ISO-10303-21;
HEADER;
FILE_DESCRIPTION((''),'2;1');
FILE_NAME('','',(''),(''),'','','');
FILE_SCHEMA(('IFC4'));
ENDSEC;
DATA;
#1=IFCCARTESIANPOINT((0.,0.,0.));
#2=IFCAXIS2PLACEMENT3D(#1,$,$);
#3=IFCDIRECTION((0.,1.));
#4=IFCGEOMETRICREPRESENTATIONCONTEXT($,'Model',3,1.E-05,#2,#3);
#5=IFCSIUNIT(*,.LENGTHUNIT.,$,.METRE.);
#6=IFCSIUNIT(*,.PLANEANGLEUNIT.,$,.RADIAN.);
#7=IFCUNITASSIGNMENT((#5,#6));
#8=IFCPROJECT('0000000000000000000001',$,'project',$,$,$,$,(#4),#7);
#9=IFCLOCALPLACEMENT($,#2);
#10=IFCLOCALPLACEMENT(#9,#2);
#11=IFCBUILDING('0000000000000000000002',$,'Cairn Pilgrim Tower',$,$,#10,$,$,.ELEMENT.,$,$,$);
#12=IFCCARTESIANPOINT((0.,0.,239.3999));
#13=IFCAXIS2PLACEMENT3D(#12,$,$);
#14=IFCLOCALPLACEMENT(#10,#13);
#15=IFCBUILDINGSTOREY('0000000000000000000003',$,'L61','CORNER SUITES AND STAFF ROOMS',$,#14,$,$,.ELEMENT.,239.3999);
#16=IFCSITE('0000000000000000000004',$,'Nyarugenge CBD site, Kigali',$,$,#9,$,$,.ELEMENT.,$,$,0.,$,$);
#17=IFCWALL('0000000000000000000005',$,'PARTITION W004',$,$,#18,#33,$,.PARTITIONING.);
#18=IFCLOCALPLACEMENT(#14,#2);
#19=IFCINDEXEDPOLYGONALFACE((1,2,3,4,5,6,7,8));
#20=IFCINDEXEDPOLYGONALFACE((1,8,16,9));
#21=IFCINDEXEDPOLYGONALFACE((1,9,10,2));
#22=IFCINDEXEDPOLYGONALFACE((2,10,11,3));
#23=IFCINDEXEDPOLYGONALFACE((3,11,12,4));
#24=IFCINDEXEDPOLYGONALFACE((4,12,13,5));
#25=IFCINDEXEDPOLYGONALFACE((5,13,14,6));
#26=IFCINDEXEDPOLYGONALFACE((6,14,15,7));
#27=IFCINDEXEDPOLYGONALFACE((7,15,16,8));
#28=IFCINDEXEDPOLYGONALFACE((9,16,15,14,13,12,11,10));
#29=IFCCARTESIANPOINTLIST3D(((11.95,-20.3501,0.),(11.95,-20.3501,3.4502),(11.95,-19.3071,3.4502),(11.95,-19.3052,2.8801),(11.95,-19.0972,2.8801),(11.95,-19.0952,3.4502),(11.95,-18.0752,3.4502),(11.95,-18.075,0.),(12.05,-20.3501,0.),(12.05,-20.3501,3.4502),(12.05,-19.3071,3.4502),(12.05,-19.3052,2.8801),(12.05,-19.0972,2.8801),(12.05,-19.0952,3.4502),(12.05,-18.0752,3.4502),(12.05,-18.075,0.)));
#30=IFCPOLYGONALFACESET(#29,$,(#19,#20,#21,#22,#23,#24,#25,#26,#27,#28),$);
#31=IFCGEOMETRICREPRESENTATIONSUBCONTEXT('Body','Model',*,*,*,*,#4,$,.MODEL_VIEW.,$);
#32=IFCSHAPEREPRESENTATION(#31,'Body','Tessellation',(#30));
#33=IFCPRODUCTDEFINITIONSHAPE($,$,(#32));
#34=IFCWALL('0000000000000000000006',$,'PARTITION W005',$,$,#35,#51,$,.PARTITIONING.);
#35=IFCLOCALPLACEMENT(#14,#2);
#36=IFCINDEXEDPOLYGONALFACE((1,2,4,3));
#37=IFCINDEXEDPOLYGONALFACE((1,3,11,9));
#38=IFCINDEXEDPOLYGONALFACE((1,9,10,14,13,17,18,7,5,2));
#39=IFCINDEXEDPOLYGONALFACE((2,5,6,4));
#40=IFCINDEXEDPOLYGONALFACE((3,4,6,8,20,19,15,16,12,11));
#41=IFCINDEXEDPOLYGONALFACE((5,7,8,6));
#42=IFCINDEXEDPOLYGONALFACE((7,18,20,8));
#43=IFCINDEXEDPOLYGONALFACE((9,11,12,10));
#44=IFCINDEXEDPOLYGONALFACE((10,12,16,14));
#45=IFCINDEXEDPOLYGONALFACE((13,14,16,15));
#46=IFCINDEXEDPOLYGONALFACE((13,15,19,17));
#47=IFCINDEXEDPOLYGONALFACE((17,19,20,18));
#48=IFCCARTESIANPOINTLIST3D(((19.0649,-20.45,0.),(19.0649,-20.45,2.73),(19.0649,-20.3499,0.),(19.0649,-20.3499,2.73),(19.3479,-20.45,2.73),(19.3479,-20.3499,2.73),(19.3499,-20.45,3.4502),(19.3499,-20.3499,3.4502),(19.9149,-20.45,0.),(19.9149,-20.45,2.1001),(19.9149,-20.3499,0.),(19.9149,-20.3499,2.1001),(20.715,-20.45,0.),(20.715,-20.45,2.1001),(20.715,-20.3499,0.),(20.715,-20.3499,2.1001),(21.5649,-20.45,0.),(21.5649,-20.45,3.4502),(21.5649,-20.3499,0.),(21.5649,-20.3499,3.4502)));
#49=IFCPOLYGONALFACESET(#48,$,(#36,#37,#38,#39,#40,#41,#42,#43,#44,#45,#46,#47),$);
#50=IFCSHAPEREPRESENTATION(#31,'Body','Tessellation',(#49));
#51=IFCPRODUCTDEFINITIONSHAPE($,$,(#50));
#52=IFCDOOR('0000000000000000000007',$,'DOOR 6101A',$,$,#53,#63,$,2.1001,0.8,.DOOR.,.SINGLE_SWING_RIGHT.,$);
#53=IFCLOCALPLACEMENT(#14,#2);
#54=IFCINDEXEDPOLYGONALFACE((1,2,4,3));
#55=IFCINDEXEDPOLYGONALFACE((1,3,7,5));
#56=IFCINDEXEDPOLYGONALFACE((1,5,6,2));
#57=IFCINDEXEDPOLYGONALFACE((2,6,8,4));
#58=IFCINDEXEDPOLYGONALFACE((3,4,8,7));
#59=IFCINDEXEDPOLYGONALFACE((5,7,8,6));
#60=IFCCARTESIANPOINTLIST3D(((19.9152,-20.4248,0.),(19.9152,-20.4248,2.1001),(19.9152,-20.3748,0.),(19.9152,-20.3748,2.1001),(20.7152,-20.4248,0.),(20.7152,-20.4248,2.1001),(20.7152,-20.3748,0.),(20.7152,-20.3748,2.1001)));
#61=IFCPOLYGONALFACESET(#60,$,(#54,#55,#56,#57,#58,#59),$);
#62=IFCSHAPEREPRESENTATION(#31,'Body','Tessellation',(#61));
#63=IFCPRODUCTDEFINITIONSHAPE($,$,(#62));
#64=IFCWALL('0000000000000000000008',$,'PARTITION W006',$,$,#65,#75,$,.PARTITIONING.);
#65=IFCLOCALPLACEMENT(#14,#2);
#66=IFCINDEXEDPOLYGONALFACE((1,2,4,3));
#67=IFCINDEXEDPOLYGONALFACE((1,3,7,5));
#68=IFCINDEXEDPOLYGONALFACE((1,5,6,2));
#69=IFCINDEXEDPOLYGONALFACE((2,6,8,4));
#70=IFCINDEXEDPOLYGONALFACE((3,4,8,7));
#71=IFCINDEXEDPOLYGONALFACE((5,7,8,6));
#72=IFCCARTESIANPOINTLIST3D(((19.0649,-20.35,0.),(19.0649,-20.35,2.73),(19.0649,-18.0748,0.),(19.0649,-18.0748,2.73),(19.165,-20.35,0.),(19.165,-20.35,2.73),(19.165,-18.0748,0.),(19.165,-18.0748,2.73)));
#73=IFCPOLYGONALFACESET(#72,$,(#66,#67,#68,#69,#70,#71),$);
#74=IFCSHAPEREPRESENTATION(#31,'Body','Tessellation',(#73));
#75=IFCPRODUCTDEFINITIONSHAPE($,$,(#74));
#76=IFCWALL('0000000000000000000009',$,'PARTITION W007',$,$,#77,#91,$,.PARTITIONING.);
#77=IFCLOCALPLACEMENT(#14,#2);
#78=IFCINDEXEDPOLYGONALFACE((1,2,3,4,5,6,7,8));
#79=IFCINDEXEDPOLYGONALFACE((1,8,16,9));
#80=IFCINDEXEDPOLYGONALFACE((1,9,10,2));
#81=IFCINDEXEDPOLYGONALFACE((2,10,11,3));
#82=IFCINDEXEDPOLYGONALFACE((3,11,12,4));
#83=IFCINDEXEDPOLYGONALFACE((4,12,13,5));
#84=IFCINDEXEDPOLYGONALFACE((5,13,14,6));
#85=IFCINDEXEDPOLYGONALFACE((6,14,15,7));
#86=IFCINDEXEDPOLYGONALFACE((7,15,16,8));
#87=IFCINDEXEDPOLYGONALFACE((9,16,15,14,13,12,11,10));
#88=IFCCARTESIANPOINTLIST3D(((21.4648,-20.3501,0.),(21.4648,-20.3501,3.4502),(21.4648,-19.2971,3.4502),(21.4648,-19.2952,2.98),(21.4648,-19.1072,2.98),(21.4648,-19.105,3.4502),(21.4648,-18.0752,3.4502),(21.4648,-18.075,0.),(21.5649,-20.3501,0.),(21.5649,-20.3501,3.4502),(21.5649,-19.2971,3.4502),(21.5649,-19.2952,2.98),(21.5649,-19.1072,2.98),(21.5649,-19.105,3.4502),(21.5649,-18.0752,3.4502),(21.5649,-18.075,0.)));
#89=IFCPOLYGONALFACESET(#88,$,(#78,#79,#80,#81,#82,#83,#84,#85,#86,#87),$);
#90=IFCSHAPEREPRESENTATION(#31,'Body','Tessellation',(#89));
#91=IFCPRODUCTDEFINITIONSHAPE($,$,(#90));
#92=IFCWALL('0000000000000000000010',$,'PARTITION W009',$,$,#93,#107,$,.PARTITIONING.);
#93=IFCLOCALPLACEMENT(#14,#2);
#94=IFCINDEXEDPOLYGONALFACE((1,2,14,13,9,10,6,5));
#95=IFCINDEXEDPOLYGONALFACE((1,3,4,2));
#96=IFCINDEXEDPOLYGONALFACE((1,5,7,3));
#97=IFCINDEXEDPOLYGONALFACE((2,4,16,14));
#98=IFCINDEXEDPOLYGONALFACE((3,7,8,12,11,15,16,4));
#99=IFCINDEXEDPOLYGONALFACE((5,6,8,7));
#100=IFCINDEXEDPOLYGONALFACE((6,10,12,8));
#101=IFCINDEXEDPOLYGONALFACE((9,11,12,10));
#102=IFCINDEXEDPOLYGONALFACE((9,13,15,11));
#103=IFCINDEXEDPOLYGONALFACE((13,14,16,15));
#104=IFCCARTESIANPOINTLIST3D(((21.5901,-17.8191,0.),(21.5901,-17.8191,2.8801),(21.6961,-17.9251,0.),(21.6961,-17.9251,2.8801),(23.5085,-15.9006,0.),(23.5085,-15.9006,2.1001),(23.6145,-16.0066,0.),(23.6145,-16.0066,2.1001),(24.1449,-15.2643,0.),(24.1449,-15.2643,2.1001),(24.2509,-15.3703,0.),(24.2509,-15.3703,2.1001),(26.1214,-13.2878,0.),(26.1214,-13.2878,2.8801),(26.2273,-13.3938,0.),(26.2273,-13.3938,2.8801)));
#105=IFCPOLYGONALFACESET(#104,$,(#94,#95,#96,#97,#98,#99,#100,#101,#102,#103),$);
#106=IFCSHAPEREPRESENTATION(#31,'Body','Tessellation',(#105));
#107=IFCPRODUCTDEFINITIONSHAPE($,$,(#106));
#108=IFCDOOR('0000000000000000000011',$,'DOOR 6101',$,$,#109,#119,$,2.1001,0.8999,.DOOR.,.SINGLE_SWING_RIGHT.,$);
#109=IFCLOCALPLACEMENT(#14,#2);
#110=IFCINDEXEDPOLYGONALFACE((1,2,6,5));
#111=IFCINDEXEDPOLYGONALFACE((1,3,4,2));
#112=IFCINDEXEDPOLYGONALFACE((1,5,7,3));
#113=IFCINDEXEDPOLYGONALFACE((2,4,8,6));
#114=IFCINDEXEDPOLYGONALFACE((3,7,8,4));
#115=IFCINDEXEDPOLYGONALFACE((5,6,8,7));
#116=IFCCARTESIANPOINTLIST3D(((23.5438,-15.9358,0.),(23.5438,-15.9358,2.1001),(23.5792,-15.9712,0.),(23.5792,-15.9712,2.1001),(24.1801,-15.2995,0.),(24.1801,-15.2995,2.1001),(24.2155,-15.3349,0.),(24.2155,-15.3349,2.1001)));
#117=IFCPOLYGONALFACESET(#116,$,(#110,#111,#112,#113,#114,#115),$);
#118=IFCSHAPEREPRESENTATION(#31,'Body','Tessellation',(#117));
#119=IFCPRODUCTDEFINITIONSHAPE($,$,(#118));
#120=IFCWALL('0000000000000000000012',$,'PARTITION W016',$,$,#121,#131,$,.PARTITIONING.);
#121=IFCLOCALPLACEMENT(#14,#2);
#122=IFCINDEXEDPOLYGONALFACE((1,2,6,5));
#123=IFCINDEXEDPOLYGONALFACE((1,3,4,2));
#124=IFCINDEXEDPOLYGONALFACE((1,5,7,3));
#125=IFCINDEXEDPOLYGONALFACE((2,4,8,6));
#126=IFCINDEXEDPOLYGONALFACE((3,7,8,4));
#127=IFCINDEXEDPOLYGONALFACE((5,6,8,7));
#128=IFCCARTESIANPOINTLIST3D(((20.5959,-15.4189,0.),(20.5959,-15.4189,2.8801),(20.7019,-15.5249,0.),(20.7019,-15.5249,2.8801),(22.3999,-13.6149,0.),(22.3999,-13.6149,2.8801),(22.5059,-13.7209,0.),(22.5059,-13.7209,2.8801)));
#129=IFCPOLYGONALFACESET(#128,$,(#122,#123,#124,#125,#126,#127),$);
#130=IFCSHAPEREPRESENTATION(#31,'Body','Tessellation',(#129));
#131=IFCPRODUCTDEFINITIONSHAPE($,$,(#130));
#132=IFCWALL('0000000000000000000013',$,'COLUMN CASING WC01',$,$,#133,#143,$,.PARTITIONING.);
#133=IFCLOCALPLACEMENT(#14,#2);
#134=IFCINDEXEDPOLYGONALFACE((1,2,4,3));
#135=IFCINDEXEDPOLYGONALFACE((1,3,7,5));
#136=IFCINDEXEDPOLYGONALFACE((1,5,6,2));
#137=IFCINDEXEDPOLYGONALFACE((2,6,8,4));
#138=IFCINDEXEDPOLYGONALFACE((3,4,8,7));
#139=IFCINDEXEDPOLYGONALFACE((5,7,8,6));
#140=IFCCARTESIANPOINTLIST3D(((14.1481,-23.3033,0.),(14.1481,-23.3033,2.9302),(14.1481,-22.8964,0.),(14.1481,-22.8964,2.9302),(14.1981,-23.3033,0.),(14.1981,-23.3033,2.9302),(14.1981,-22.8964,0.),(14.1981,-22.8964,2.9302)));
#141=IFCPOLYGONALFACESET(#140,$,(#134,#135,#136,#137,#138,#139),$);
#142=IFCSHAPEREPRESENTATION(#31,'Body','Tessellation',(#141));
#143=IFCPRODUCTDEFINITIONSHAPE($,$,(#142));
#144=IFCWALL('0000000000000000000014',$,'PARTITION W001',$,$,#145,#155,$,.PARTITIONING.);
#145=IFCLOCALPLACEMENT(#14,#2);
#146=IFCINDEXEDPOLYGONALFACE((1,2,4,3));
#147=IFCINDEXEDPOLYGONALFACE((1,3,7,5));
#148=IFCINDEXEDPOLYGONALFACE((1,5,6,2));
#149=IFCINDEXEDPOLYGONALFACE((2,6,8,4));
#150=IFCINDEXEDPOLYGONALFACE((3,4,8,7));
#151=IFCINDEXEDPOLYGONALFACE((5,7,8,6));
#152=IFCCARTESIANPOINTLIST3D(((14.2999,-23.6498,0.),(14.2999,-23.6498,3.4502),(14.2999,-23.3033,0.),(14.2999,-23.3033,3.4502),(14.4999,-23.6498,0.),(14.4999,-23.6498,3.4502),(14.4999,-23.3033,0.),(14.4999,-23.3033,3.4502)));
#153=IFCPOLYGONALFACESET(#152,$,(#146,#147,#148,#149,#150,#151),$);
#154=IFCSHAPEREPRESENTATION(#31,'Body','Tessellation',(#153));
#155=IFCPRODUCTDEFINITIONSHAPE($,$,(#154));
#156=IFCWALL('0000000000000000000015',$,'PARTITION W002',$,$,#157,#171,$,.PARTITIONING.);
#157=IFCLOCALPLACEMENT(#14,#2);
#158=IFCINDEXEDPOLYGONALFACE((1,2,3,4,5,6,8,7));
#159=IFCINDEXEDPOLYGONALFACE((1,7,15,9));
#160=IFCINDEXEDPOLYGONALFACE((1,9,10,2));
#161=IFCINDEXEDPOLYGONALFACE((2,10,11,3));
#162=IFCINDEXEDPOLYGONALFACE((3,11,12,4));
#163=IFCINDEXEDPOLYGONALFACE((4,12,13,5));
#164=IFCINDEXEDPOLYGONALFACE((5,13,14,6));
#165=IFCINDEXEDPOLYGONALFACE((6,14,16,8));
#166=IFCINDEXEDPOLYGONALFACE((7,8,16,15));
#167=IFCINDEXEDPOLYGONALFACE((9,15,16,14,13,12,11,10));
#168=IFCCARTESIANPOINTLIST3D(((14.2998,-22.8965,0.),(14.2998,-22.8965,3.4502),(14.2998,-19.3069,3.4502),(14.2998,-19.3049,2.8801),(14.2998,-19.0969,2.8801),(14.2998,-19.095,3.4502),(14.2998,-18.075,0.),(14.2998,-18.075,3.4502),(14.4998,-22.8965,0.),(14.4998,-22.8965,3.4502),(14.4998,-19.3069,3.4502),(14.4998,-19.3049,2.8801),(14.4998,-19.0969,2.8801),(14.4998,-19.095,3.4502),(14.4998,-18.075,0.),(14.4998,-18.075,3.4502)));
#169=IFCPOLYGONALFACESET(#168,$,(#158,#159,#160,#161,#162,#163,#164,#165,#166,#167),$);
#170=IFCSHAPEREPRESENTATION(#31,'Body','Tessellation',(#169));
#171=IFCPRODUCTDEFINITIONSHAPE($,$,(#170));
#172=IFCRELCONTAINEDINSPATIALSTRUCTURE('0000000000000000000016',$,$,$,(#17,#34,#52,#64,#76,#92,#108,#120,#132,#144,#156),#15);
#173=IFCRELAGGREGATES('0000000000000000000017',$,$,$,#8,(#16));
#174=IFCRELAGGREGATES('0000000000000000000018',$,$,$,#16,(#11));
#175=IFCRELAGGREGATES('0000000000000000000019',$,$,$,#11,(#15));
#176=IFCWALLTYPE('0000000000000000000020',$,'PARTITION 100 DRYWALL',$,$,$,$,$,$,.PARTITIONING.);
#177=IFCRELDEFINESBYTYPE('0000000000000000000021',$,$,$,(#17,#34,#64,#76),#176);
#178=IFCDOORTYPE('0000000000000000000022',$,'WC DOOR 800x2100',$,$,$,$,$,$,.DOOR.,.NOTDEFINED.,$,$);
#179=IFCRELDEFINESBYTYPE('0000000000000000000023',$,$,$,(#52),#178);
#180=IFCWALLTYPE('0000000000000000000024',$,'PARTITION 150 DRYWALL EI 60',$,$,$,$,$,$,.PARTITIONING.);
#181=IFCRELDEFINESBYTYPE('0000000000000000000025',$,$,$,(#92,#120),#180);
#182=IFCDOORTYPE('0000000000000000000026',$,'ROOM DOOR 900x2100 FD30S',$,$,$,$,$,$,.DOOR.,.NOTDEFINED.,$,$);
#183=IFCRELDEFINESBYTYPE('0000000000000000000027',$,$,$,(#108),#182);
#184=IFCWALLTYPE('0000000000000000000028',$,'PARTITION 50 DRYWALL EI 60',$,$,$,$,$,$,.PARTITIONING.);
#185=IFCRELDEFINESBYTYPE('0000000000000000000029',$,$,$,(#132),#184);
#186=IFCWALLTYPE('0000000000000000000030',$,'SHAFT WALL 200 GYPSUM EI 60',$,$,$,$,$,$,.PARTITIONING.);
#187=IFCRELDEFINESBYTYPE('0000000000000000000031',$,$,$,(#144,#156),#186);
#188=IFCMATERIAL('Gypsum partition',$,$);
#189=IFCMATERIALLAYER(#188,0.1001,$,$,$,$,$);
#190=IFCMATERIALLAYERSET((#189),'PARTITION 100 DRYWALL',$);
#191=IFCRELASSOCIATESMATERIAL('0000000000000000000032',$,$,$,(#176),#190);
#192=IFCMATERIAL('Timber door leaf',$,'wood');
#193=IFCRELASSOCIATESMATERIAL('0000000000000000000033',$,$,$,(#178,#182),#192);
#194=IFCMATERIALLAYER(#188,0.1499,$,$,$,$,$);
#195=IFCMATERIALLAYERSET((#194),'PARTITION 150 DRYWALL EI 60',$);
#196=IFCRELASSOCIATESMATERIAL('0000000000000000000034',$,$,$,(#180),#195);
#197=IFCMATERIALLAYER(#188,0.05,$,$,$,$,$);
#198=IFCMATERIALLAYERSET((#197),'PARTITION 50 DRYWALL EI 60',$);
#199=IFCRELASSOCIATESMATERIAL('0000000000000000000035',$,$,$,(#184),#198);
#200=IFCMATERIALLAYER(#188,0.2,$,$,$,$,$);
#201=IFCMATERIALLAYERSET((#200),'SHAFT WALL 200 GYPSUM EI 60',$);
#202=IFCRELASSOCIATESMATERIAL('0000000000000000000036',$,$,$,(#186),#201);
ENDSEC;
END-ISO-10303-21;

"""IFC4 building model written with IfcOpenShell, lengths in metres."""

from ifc_helpers import new_model, si_unit, direction, frame, frame_2d, origin, place, context, subcontext, project, spatial, polyline, rectangle, outline, extrude, material, layer, layer_set, type_object, element, fill, save


model = new_model("IFC4")

# Units and contexts
model_context = context("Model", 3, precision=1e-05, world=origin(), true_north=direction((0.0, 1.0)))
body_context = subcontext(model_context, "Body", "Model", "MODEL_VIEW")
ifc_project = project(units=[si_unit("LENGTHUNIT", "METRE"), si_unit("PLANEANGLEUNIT", "RADIAN")], contexts=[model_context])

# Site, building, storey
site_placement = place(None, origin())
site = spatial("IfcSite", under=ifc_project, at=site_placement, Name="Nyarugenge CBD site, Kigali", CompositionType="ELEMENT", RefElevation=0.0)
building_placement = place(site_placement, origin())
building = spatial("IfcBuilding", under=site, at=building_placement, Name="Cairn Pilgrim Tower", CompositionType="ELEMENT")
storey_placement = place(building_placement, frame((0.0, 0.0, 239.3999)))
storey = spatial("IfcBuildingStorey", under=building, at=storey_placement, Name="L61", Description="CORNER SUITES AND STAFF ROOMS", CompositionType="ELEMENT", Elevation=239.3999)

# Wall
ifc_material_1 = material(Name="Gypsum partition")
ifc_layer_1 = layer(ifc_material_1, 0.1001)
ifc_layer_set_1 = layer_set([ifc_layer_1], Name="PARTITION 100 DRYWALL")
wall_type_1 = type_object("IfcWallType", Name="PARTITION 100 DRYWALL", PredefinedType="PARTITIONING", material=ifc_layer_set_1)
wall_1_placement = place(storey_placement, frame((12.0, -20.3501, 0.0), z_axis=(0.0, 0.0, 1.0), x_axis=(0.0, 1.0, 0.0)))
element("IfcWall", 1, at=wall_1_placement, inside=storey, type_object=wall_type_1, Name="PARTITION W004", PredefinedType="PARTITIONING", context=body_context, shape_type="SweptSolid", body=[
    extrude(outline(polyline([(0.0, 0.0), (2.2751, 0.0), (2.2749, 3.4502), (1.2549, 3.4502), (1.2529, 2.8801), (1.0449, 2.8801), (1.043, 3.4502), (0.0, 3.4502), (0.0, 0.0)])), frame((0.0, 0.05, 0.0), z_axis=(0.0, -1.0, 0.0), x_axis=(1.0, 0.0, 0.0)), (0.0, 0.0, 1.0), 0.1001),
])

# Wall, opening, door
wall_2_placement = place(storey_placement, frame((19.0649, -20.3999, 0.0), z_axis=(0.0, 0.0, 1.0), x_axis=(1.0, 0.0, 0.0)))
wall_2 = element("IfcWall", 2, at=wall_2_placement, inside=storey, type_object=wall_type_1, Name="PARTITION W005", PredefinedType="PARTITIONING", context=body_context, shape_type="SweptSolid", body=[
    extrude(outline(polyline([(0.0, 0.0), (2.5, 0.0), (2.5, 3.4502), (0.2849, 3.4502), (0.283, 2.73), (0.0, 2.73), (0.0, 0.0)])), frame((0.0, 0.05, 0.0), z_axis=(0.0, -1.0, 0.0), x_axis=(1.0, 0.0, 0.0)), (0.0, 0.0, 1.0), 0.1001),
])
opening_1_placement = place(wall_2_placement, frame((0.8501, 0.0, 0.0)))
opening_1 = element("IfcOpeningElement", 3, at=opening_1_placement, cuts=wall_2, PredefinedType="OPENING", context=body_context, shape_type="SweptSolid", body=[
    extrude(rectangle(XDim=0.8, YDim=2.1001, at=frame_2d((0.3999, 1.05))), frame((0.0, 0.0601, 0.0), z_axis=(0.0, -1.0, 0.0), x_axis=(1.0, 0.0, 0.0)), (0.0, 0.0, 1.0), 0.1201),
])
ifc_material_2 = material(Name="Timber door leaf", Category="wood")
door_type_1 = type_object("IfcDoorType", Name="WC DOOR 800x2100", OperationType="NOTDEFINED", PredefinedType="DOOR", material=ifc_material_2)
door_1_placement = place(opening_1_placement, frame((0.8, 0.0, 0.0), z_axis=(0.0, 0.0, 1.0), x_axis=(-1.0, 0.0, 0.0)))
door_1 = element("IfcDoor", 4, at=door_1_placement, inside=storey, type_object=door_type_1, Name="DOOR 6101A", OperationType="SINGLE_SWING_RIGHT", OverallHeight=2.1001, OverallWidth=0.8, PredefinedType="DOOR", context=body_context, shape_type="SweptSolid", body=[
    extrude(rectangle(XDim=0.8, YDim=2.1001, at=frame_2d((0.3999, 1.05))), frame((0.0, 0.0249, 0.0), z_axis=(0.0, -1.0, 0.0), x_axis=(1.0, 0.0, 0.0)), (0.0, 0.0, 1.0), 0.05),
])
fill(opening_1, door_1)

# Walls
wall_3_placement = place(storey_placement, frame((19.115, -20.3501, 0.0), z_axis=(0.0, 0.0, 1.0), x_axis=(0.0, 1.0, 0.0)))
element("IfcWall", 5, at=wall_3_placement, inside=storey, type_object=wall_type_1, Name="PARTITION W006", PredefinedType="PARTITIONING", context=body_context, shape_type="SweptSolid", body=[
    extrude(rectangle(XDim=2.2751, YDim=0.1001, at=frame_2d((1.1377, 0.0))), origin(), (0.0, 0.0, 1.0), 2.73),
])
wall_4_placement = place(storey_placement, frame((21.5149, -20.3501, 0.0), z_axis=(0.0, 0.0, 1.0), x_axis=(0.0, 1.0, 0.0)))
element("IfcWall", 6, at=wall_4_placement, inside=storey, type_object=wall_type_1, Name="PARTITION W007", PredefinedType="PARTITIONING", context=body_context, shape_type="SweptSolid", body=[
    extrude(outline(polyline([(0.0, 0.0), (2.2751, 0.0), (2.2749, 3.4502), (1.2451, 3.4502), (1.2429, 2.98), (1.0549, 2.98), (1.053, 3.4502), (0.0, 3.4502), (0.0, 0.0)])), frame((0.0, 0.05, 0.0), z_axis=(0.0, -1.0, 0.0), x_axis=(1.0, 0.0, 0.0)), (0.0, 0.0, 1.0), 0.1001),
])

# Wall, opening, door
ifc_layer_2 = layer(ifc_material_1, 0.1499)
ifc_layer_set_2 = layer_set([ifc_layer_2], Name="PARTITION 150 DRYWALL EI 60")
wall_type_2 = type_object("IfcWallType", Name="PARTITION 150 DRYWALL EI 60", PredefinedType="PARTITIONING", material=ifc_layer_set_2)
wall_5_placement = place(storey_placement, frame((21.6431, -17.8721, 0.0), z_axis=(0.0, 0.0, 1.0), x_axis=(0.707107, 0.707107, 0.0)))
wall_5 = element("IfcWall", 7, at=wall_5_placement, inside=storey, type_object=wall_type_2, Name="PARTITION W009", PredefinedType="PARTITIONING", context=body_context, shape_type="SweptSolid", body=[
    extrude(rectangle(XDim=6.4082, YDim=0.1499, at=frame_2d((3.2041, 0.0))), origin(), (0.0, 0.0, 1.0), 2.8801),
])
opening_2_placement = place(wall_5_placement, frame((2.7131, 0.0, 0.0)))
opening_2 = element("IfcOpeningElement", 8, at=opening_2_placement, cuts=wall_5, PredefinedType="OPENING", context=body_context, shape_type="SweptSolid", body=[
    extrude(rectangle(XDim=0.8999, YDim=2.1001, at=frame_2d((0.45, 1.05))), frame((0.0, 0.085, 0.0), z_axis=(0.0, -1.0, 0.0), x_axis=(1.0, 0.0, 0.0)), (0.0, 0.0, 1.0), 0.1699),
])
door_type_2 = type_object("IfcDoorType", Name="ROOM DOOR 900x2100 FD30S", OperationType="NOTDEFINED", PredefinedType="DOOR", material=ifc_material_2)
door_2_placement = place(opening_2_placement, frame((0.8999, 0.0, 0.0), z_axis=(0.0, 0.0, 1.0), x_axis=(-1.0, 0.0, 0.0)))
door_2 = element("IfcDoor", 9, at=door_2_placement, inside=storey, type_object=door_type_2, Name="DOOR 6101", OperationType="SINGLE_SWING_RIGHT", OverallHeight=2.1001, OverallWidth=0.8999, PredefinedType="DOOR", context=body_context, shape_type="SweptSolid", body=[
    extrude(rectangle(XDim=0.8999, YDim=2.1001, at=frame_2d((0.45, 1.05))), frame((0.0, 0.0249, 0.0), z_axis=(0.0, -1.0, 0.0), x_axis=(1.0, 0.0, 0.0)), (0.0, 0.0, 1.0), 0.05),
])
fill(opening_2, door_2)

# Walls
wall_6_placement = place(storey_placement, frame((20.6489, -15.4719, 0.0), z_axis=(0.0, 0.0, 1.0), x_axis=(0.707107, 0.707107, 0.0)))
element("IfcWall", 10, at=wall_6_placement, inside=storey, type_object=wall_type_2, Name="PARTITION W016", PredefinedType="PARTITIONING", context=body_context, shape_type="SweptSolid", body=[
    extrude(rectangle(XDim=2.5513, YDim=0.1499, at=frame_2d((1.2756, 0.0))), origin(), (0.0, 0.0, 1.0), 2.8801),
])
ifc_layer_3 = layer(ifc_material_1, 0.05)
ifc_layer_set_3 = layer_set([ifc_layer_3], Name="PARTITION 50 DRYWALL EI 60")
wall_type_3 = type_object("IfcWallType", Name="PARTITION 50 DRYWALL EI 60", PredefinedType="PARTITIONING", material=ifc_layer_set_3)
wall_7_placement = place(storey_placement, frame((14.1731, -23.3035, 0.0), z_axis=(0.0, 0.0, 1.0), x_axis=(0.0, 1.0, 0.0)))
element("IfcWall", 11, at=wall_7_placement, inside=storey, type_object=wall_type_3, Name="COLUMN CASING WC01", PredefinedType="PARTITIONING", context=body_context, shape_type="SweptSolid", body=[
    extrude(rectangle(XDim=0.407, YDim=0.05, at=frame_2d((0.2036, 0.0))), origin(), (0.0, 0.0, 1.0), 2.9302),
])
ifc_layer_4 = layer(ifc_material_1, 0.2)
ifc_layer_set_4 = layer_set([ifc_layer_4], Name="SHAFT WALL 200 GYPSUM EI 60")
wall_type_4 = type_object("IfcWallType", Name="SHAFT WALL 200 GYPSUM EI 60", PredefinedType="PARTITIONING", material=ifc_layer_set_4)
wall_8_placement = place(storey_placement, frame((14.3999, -23.6499, 0.0), z_axis=(0.0, 0.0, 1.0), x_axis=(0.0, 1.0, 0.0)))
element("IfcWall", 12, at=wall_8_placement, inside=storey, type_object=wall_type_4, Name="PARTITION W001", PredefinedType="PARTITIONING", context=body_context, shape_type="SweptSolid", body=[
    extrude(rectangle(XDim=0.3464, YDim=0.2, at=frame_2d((0.1733, 0.0))), origin(), (0.0, 0.0, 1.0), 3.4502),
])
wall_9_placement = place(storey_placement, frame((14.3999, -22.8965, 0.0), z_axis=(0.0, 0.0, 1.0), x_axis=(0.0, 1.0, 0.0)))
element("IfcWall", 13, at=wall_9_placement, inside=storey, type_object=wall_type_4, Name="PARTITION W002", PredefinedType="PARTITIONING", context=body_context, shape_type="SweptSolid", body=[
    extrude(outline(polyline([(0.0, 0.0), (4.8215, 0.0), (4.8215, 3.4502), (3.8015, 3.4502), (3.7996, 2.8801), (3.5916, 2.8801), (3.5896, 3.4502), (0.0, 3.4502), (0.0, 0.0)])), frame((0.0, 0.1001, 0.0), z_axis=(0.0, -1.0, 0.0), x_axis=(1.0, 0.0, 0.0)), (0.0, 0.0, 1.0), 0.2),
])

save(model, "model.ifc")
